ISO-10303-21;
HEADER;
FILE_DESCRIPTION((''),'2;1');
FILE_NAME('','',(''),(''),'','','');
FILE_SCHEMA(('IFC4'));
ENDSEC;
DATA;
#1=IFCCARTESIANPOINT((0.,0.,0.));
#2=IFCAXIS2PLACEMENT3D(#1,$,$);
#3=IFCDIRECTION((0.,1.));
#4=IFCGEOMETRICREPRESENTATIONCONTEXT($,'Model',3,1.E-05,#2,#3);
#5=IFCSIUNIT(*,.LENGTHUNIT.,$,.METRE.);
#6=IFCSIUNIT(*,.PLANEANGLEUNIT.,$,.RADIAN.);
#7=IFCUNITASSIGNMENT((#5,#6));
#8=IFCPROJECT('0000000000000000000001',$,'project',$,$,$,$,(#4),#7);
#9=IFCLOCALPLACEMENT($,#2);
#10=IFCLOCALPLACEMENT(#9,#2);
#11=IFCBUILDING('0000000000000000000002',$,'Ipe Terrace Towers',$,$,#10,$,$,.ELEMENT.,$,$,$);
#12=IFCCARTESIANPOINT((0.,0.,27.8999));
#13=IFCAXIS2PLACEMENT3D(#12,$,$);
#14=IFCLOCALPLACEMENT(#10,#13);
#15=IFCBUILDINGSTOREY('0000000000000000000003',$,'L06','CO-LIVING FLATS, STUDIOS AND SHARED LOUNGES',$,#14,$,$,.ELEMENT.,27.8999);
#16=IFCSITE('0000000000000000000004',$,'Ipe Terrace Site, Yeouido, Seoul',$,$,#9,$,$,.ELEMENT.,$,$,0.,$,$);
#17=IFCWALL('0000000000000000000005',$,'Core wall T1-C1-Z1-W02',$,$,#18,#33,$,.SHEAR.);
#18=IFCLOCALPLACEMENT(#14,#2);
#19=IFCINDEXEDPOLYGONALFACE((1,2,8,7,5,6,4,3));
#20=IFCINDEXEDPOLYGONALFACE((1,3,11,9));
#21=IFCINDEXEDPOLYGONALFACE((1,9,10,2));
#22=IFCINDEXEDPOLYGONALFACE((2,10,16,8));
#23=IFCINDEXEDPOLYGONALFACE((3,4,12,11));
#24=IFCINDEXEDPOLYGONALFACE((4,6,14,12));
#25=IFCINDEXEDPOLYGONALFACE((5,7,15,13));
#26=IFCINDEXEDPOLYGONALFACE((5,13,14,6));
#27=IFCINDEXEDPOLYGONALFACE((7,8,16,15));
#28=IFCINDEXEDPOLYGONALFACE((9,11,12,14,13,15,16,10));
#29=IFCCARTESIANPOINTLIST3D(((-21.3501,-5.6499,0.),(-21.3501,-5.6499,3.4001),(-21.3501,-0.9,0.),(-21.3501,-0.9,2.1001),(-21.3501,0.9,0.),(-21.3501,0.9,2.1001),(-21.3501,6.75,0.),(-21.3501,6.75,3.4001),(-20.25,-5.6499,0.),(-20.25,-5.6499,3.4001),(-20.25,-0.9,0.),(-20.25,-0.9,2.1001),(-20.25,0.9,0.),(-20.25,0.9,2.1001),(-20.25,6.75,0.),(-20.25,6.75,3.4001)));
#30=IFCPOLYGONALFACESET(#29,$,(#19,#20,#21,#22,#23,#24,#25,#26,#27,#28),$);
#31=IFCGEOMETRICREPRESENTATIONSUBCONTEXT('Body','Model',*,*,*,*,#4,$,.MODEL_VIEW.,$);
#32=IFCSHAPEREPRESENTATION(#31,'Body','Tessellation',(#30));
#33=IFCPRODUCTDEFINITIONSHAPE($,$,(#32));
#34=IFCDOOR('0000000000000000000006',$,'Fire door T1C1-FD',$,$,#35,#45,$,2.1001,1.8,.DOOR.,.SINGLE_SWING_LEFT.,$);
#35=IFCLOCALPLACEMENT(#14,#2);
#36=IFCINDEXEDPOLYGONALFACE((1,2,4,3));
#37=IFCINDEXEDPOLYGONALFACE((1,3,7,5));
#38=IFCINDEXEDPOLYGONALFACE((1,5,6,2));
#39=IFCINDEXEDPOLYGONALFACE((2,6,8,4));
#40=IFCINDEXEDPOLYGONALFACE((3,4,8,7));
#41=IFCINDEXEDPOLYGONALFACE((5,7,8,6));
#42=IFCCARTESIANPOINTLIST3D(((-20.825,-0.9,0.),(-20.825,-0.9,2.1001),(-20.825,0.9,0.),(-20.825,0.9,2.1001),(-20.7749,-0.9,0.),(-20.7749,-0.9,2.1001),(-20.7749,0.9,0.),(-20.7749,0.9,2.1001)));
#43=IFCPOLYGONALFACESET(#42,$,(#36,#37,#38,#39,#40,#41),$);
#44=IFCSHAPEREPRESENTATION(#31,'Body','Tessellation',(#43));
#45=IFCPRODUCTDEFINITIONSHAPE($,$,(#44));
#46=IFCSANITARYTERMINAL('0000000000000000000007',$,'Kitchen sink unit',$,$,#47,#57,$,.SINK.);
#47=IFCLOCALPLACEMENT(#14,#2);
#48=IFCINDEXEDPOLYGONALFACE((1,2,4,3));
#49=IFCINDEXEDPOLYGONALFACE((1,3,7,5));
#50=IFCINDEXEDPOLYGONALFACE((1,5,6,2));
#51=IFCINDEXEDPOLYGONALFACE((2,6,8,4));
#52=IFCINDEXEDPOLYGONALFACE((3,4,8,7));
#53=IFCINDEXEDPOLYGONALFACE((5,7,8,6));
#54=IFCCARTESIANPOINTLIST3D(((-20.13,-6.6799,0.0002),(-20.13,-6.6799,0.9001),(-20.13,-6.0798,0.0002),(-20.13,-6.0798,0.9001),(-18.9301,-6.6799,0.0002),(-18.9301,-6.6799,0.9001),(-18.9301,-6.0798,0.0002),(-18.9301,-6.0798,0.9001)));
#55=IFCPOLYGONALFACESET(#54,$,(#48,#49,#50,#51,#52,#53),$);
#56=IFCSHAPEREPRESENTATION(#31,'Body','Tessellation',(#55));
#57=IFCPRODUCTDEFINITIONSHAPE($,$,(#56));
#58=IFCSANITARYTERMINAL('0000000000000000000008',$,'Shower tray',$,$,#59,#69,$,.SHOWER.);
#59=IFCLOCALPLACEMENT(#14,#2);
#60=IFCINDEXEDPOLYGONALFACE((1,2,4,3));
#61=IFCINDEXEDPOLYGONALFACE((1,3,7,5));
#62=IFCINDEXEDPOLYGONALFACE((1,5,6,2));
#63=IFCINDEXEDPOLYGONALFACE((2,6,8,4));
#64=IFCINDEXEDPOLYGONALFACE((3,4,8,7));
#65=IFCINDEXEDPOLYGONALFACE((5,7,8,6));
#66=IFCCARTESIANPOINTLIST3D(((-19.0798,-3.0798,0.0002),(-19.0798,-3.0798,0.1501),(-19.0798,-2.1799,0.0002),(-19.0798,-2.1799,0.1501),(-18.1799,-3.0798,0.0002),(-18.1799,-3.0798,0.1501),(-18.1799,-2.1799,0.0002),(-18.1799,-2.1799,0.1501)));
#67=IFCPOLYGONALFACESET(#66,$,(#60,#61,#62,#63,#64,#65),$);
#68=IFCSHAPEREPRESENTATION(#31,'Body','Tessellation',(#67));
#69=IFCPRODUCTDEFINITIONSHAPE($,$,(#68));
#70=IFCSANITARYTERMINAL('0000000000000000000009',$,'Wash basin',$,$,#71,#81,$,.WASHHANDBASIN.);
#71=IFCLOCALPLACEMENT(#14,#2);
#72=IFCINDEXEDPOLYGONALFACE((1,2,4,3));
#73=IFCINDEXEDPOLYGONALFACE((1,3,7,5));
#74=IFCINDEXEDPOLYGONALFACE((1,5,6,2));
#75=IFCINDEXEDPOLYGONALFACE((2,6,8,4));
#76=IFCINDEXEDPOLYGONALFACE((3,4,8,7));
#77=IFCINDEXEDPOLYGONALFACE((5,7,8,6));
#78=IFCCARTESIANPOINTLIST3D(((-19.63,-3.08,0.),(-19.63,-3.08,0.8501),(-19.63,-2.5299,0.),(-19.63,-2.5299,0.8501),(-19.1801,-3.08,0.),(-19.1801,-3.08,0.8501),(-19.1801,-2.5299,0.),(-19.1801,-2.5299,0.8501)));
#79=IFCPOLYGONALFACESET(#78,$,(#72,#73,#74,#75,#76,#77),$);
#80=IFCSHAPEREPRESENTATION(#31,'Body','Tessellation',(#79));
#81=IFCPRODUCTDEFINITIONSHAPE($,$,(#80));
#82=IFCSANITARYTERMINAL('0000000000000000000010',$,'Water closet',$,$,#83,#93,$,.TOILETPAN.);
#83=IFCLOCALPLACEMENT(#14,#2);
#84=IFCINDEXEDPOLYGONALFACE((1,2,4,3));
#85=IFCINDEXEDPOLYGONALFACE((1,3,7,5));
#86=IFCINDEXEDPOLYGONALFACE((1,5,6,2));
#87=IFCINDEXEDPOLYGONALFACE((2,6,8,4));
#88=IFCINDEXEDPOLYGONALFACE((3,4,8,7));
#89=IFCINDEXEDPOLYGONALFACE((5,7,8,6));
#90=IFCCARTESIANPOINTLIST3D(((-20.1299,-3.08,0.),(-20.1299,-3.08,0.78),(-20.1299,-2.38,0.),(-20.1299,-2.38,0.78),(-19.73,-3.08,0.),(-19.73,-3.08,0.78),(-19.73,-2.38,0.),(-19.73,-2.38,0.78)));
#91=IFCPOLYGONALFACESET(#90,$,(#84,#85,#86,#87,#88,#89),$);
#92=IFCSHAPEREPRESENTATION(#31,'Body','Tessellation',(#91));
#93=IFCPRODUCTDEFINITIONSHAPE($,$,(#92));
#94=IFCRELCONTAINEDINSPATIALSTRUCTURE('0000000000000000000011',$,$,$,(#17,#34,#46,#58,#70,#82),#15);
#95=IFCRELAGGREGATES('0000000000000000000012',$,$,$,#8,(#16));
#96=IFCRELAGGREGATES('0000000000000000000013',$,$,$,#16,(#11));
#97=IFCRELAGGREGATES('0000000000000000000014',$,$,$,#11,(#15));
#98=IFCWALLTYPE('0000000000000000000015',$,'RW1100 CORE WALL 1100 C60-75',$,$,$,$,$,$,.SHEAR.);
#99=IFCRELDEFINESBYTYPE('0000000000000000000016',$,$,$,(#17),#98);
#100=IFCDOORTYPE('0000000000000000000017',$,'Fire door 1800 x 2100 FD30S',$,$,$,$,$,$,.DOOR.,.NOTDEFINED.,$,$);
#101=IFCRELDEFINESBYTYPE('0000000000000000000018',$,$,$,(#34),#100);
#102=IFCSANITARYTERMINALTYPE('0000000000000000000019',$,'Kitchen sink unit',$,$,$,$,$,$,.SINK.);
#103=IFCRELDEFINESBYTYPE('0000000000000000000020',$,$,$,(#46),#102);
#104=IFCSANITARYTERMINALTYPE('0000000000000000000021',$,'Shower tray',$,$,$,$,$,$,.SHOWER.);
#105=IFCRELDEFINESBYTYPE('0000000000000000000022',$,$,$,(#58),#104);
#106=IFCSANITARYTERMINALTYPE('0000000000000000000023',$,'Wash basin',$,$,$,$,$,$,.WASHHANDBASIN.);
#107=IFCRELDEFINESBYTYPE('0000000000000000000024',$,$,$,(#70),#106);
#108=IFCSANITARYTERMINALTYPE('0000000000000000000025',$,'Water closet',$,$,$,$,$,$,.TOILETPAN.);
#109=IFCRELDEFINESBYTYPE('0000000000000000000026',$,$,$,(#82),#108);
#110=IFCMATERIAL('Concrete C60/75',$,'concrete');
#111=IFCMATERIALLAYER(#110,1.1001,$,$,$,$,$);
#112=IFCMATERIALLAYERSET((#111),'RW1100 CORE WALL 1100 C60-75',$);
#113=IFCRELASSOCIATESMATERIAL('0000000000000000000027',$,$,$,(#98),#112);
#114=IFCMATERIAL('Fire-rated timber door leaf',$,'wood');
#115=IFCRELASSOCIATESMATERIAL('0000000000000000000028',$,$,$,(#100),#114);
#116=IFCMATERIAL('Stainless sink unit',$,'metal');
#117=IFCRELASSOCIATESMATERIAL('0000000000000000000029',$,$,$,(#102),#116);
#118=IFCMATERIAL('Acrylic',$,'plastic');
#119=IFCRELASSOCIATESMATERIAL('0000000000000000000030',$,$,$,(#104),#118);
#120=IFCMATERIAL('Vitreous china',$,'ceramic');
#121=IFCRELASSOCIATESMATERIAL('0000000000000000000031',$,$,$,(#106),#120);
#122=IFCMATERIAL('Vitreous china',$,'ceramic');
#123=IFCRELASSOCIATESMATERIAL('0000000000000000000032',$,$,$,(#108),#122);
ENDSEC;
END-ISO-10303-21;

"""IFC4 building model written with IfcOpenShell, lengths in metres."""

from ifc_helpers import new_model, si_unit, direction, frame, frame_2d, origin, origin_2d, place, context, subcontext, project, spatial, rectangle, extrude, material, layer, layer_set, type_object, element, fill, save


model = new_model("IFC4")

# Units and contexts
model_context = context("Model", 3, precision=1e-05, world=origin(), true_north=direction((0.0, 1.0)))
body_context = subcontext(model_context, "Body", "Model", "MODEL_VIEW")
ifc_project = project(units=[si_unit("LENGTHUNIT", "METRE"), si_unit("PLANEANGLEUNIT", "RADIAN")], contexts=[model_context])

# Site, building, storey
site_placement = place(None, origin())
site = spatial("IfcSite", under=ifc_project, at=site_placement, Name="Ipe Terrace Site, Yeouido, Seoul", CompositionType="ELEMENT", RefElevation=0.0)
building_placement = place(site_placement, origin())
building = spatial("IfcBuilding", under=site, at=building_placement, Name="Ipe Terrace Towers", CompositionType="ELEMENT")
storey_placement = place(building_placement, frame((0.0, 0.0, 27.8999)))
storey = spatial("IfcBuildingStorey", under=building, at=storey_placement, Name="L06", Description="CO-LIVING FLATS, STUDIOS AND SHARED LOUNGES", CompositionType="ELEMENT", Elevation=27.8999)

# Wall, opening, door
ifc_material_1 = material(Name="Concrete C60/75", Category="concrete")
ifc_layer_1 = layer(ifc_material_1, 1.1001)
ifc_layer_set_1 = layer_set([ifc_layer_1], Name="RW1100 CORE WALL 1100 C60-75")
wall_type_1 = type_object("IfcWallType", Name="RW1100 CORE WALL 1100 C60-75", PredefinedType="SHEAR", material=ifc_layer_set_1)
wall_1_placement = place(storey_placement, frame((-20.8, -5.6499, 0.0), z_axis=(0.0, 0.0, 1.0), x_axis=(0.0, 1.0, 0.0)))
wall_1 = element("IfcWall", 1, at=wall_1_placement, inside=storey, type_object=wall_type_1, Name="Core wall T1-C1-Z1-W02", PredefinedType="SHEAR", context=body_context, shape_type="SweptSolid", body=[
    extrude(rectangle(XDim=12.3999, YDim=1.1001, at=frame_2d((6.2, 0.0))), origin(), (0.0, 0.0, 1.0), 3.4001),
])
opening_1_placement = place(wall_1_placement, frame((4.75, 0.0, 0.0)))
opening_1 = element("IfcOpeningElement", 2, at=opening_1_placement, cuts=wall_1, PredefinedType="OPENING", context=body_context, shape_type="SweptSolid", body=[
    extrude(rectangle(XDim=1.8, YDim=2.1001, at=frame_2d((0.8999, 1.05))), frame((0.0, 0.5601, 0.0), z_axis=(0.0, -1.0, 0.0), x_axis=(1.0, 0.0, 0.0)), (0.0, 0.0, 1.0), 1.1201),
])
ifc_material_2 = material(Name="Fire-rated timber door leaf", Category="wood")
door_type_1 = type_object("IfcDoorType", Name="Fire door 1800 x 2100 FD30S", OperationType="NOTDEFINED", PredefinedType="DOOR", material=ifc_material_2)
door_1_placement = place(opening_1_placement, origin())
door_1 = element("IfcDoor", 3, at=door_1_placement, inside=storey, type_object=door_type_1, Name="Fire door T1C1-FD", OperationType="SINGLE_SWING_LEFT", OverallHeight=2.1001, OverallWidth=1.8, PredefinedType="DOOR", context=body_context, shape_type="SweptSolid", body=[
    extrude(rectangle(XDim=1.8, YDim=2.1001, at=frame_2d((0.8999, 1.05))), frame((0.0, 0.0249, 0.0), z_axis=(0.0, -1.0, 0.0), x_axis=(1.0, 0.0, 0.0)), (0.0, 0.0, 1.0), 0.05),
])
fill(opening_1, door_1)

# Sanitary terminals
ifc_material_3 = material(Name="Stainless sink unit", Category="metal")
sanitary_terminal_type_1 = type_object("IfcSanitaryTerminalType", Name="Kitchen sink unit", PredefinedType="SINK", material=ifc_material_3)
sanitary_terminal_1_placement = place(storey_placement, frame((-19.53, -6.3799, 0.0002), z_axis=(0.0, 0.0, 1.0), x_axis=(-1.0, 0.0, 0.0)))
element("IfcSanitaryTerminal", 4, at=sanitary_terminal_1_placement, inside=storey, type_object=sanitary_terminal_type_1, Name="Kitchen sink unit", PredefinedType="SINK", context=body_context, shape_type="SweptSolid", body=[
    extrude(rectangle(XDim=1.2, YDim=0.6001, at=origin_2d()), origin(), (0.0, 0.0, 1.0), 0.8999),
])
ifc_material_4 = material(Name="Acrylic", Category="plastic")
sanitary_terminal_type_2 = type_object("IfcSanitaryTerminalType", Name="Shower tray", PredefinedType="SHOWER", material=ifc_material_4)
sanitary_terminal_2_placement = place(storey_placement, frame((-18.6299, -2.6299, 0.0002), z_axis=(0.0, 0.0, 1.0), x_axis=(0.0, 1.0, 0.0)))
element("IfcSanitaryTerminal", 5, at=sanitary_terminal_2_placement, inside=storey, type_object=sanitary_terminal_type_2, Name="Shower tray", PredefinedType="SHOWER", context=body_context, shape_type="SweptSolid", body=[
    extrude(rectangle(XDim=0.8999, YDim=0.8999, at=origin_2d()), origin(), (0.0, 0.0, 1.0), 0.1499),
])
ifc_material_5 = material(Name="Vitreous china", Category="ceramic")
sanitary_terminal_type_3 = type_object("IfcSanitaryTerminalType", Name="Wash basin", PredefinedType="WASHHANDBASIN", material=ifc_material_5)
sanitary_terminal_3_placement = place(storey_placement, frame((-19.405, -2.8049, 0.0), z_axis=(0.0, 0.0, 1.0), x_axis=(0.0, 1.0, 0.0)))
element("IfcSanitaryTerminal", 6, at=sanitary_terminal_3_placement, inside=storey, type_object=sanitary_terminal_type_3, Name="Wash basin", PredefinedType="WASHHANDBASIN", context=body_context, shape_type="SweptSolid", body=[
    extrude(rectangle(XDim=0.55, YDim=0.45, at=origin_2d()), origin(), (0.0, 0.0, 1.0), 0.8501),
])
ifc_material_6 = material(Name="Vitreous china", Category="ceramic")
sanitary_terminal_type_4 = type_object("IfcSanitaryTerminalType", Name="Water closet", PredefinedType="TOILETPAN", material=ifc_material_6)
sanitary_terminal_4_placement = place(storey_placement, frame((-19.9299, -2.73, 0.0), z_axis=(0.0, 0.0, 1.0), x_axis=(0.0, 1.0, 0.0)))
element("IfcSanitaryTerminal", 7, at=sanitary_terminal_4_placement, inside=storey, type_object=sanitary_terminal_type_4, Name="Water closet", PredefinedType="TOILETPAN", context=body_context, shape_type="SweptSolid", body=[
    extrude(rectangle(XDim=0.7, YDim=0.3999, at=origin_2d()), origin(), (0.0, 0.0, 1.0), 0.78),
])

save(model, "model.ifc")
